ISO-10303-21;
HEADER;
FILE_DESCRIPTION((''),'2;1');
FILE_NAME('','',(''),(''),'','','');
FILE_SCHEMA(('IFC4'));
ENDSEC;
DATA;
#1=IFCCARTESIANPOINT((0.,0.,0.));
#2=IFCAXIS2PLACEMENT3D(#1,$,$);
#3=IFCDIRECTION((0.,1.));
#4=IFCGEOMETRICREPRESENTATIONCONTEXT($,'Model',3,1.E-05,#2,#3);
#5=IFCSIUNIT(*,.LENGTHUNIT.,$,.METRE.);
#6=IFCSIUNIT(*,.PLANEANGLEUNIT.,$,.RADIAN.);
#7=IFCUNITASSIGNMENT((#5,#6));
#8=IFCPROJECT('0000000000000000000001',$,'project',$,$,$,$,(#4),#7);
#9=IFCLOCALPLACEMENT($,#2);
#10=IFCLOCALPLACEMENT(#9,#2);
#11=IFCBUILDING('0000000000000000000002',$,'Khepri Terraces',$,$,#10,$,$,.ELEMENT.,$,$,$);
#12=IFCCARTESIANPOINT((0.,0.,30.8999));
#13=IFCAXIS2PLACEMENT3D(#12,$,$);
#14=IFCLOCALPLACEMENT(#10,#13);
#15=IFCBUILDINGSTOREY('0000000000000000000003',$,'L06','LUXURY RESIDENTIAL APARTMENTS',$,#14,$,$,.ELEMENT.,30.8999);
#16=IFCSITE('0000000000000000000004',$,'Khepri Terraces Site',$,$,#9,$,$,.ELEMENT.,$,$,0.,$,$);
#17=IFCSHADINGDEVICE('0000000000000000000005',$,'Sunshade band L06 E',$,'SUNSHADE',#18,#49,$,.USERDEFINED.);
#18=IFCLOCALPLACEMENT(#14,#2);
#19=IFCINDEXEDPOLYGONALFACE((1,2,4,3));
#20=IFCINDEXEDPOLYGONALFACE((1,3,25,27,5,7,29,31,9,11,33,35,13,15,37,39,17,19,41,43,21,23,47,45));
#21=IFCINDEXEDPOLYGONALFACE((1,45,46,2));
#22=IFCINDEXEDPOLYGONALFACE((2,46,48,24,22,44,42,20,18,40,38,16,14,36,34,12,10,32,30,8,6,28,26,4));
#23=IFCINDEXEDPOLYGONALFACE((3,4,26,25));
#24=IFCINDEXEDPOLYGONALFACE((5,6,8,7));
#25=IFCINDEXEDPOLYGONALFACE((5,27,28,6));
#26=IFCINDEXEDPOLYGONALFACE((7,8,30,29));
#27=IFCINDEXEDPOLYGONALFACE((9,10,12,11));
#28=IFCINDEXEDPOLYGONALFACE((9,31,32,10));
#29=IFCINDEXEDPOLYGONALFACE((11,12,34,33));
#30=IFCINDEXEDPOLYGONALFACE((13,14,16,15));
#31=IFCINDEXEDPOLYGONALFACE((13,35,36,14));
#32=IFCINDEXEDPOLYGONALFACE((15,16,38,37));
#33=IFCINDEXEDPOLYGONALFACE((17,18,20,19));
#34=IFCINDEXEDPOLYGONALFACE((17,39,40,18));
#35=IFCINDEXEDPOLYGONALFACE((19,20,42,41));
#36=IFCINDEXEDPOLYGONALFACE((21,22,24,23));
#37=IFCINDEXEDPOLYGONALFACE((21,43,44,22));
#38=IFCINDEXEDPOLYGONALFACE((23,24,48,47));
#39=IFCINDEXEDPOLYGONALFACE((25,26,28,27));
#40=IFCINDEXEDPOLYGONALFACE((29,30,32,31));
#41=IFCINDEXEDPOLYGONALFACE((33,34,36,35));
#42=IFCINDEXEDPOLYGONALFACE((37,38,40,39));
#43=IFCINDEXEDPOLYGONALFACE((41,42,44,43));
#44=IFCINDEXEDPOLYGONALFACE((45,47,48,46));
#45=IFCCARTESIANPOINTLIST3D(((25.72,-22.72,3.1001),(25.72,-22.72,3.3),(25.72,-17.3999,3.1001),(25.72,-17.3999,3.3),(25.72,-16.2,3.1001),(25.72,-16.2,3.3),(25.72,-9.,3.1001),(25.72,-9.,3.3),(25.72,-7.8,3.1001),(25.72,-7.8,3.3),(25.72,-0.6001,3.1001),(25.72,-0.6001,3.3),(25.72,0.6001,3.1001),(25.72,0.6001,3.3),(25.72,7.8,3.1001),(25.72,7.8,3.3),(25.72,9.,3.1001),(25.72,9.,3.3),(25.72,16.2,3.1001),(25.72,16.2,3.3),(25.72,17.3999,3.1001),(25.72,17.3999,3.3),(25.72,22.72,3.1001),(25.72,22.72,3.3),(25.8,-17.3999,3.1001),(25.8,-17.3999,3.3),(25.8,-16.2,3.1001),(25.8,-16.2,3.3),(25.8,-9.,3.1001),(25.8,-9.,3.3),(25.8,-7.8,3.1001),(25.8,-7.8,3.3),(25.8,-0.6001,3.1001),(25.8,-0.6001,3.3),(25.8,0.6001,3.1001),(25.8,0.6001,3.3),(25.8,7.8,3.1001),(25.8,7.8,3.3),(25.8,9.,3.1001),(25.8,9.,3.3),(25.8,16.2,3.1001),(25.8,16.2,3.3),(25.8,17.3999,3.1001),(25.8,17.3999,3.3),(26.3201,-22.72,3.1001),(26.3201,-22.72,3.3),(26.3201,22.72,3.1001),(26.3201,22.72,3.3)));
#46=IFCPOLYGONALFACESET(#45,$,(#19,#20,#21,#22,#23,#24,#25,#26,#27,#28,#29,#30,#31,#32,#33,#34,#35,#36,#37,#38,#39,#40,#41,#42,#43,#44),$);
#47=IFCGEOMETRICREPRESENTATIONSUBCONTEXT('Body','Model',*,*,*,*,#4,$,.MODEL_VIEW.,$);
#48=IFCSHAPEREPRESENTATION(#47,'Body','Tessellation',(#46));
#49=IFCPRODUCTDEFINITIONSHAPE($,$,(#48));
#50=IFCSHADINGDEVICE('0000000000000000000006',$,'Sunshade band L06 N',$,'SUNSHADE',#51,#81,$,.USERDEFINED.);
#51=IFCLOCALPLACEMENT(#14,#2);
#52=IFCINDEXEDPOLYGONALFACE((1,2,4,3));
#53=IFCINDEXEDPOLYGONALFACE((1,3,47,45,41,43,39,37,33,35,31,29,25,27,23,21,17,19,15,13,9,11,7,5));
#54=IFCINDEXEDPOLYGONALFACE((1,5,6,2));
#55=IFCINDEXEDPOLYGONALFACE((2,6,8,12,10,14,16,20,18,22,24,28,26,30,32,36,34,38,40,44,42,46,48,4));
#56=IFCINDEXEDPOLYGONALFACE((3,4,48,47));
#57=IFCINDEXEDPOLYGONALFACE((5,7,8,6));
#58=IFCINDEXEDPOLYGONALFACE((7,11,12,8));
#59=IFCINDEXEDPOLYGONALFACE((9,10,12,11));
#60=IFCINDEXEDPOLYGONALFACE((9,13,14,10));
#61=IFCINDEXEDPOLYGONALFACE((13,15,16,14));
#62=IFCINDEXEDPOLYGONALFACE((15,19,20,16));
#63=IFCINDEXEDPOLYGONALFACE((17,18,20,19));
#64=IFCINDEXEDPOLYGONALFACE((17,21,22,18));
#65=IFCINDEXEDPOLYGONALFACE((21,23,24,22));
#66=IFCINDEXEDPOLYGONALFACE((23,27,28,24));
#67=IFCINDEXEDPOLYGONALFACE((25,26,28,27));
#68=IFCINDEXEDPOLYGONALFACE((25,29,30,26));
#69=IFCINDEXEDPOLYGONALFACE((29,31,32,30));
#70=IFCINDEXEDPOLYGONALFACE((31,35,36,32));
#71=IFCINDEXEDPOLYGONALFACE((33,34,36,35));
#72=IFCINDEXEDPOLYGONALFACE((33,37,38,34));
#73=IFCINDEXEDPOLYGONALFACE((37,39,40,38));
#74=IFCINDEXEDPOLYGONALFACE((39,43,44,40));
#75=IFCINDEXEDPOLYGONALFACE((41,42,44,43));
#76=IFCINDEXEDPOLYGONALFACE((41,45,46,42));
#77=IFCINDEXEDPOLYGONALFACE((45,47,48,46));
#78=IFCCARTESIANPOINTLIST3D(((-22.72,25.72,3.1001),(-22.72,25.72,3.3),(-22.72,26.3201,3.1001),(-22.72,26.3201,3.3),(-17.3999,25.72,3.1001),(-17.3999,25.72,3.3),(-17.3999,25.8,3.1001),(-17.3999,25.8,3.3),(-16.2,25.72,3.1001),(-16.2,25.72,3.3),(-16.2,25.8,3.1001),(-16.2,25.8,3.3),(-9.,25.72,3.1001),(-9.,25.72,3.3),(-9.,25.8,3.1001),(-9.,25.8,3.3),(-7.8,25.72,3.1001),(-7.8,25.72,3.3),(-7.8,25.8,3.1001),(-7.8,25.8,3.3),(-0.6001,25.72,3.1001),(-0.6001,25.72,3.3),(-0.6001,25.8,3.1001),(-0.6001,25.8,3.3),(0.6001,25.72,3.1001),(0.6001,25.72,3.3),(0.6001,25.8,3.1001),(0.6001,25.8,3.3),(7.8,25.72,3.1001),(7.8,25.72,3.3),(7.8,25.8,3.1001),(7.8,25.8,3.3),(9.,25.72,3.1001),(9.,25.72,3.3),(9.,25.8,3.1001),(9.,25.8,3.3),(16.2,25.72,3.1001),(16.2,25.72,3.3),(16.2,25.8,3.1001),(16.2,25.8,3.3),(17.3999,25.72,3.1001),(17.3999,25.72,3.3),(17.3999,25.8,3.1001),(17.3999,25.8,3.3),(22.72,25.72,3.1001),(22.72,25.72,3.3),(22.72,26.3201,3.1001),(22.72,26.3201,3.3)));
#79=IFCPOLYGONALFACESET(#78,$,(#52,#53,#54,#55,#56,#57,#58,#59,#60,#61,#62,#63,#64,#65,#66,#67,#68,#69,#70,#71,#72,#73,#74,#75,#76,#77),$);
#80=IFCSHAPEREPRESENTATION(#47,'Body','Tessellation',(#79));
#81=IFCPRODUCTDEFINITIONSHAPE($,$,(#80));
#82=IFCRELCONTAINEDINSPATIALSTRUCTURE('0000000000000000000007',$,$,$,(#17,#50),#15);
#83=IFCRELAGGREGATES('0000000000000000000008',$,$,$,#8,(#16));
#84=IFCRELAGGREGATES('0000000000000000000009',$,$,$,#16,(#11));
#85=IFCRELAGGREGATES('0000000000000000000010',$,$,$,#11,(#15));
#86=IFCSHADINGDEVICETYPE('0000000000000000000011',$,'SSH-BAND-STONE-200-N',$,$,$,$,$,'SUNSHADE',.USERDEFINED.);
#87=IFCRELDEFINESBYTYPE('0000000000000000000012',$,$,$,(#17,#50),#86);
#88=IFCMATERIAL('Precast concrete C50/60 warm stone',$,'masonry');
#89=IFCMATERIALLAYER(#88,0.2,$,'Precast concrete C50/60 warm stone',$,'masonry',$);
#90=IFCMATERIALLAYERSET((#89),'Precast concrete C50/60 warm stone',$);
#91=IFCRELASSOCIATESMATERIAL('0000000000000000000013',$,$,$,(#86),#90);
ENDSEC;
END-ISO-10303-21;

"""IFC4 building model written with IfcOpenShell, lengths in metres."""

from ifc_helpers import new_model, si_unit, direction, frame, origin, place, context, subcontext, project, spatial, polyline, outline, extrude, material, layer, layer_set, type_object, element, save


model = new_model("IFC4")

# Units and contexts
model_context = context("Model", 3, precision=1e-05, world=origin(), true_north=direction((0.0, 1.0)))
body_context = subcontext(model_context, "Body", "Model", "MODEL_VIEW")
ifc_project = project(units=[si_unit("LENGTHUNIT", "METRE"), si_unit("PLANEANGLEUNIT", "RADIAN")], contexts=[model_context])

# Site, building, storey
site_placement = place(None, origin())
site = spatial("IfcSite", under=ifc_project, at=site_placement, Name="Khepri Terraces Site", CompositionType="ELEMENT", RefElevation=0.0)
building_placement = place(site_placement, origin())
building = spatial("IfcBuilding", under=site, at=building_placement, Name="Khepri Terraces", CompositionType="ELEMENT")
storey_placement = place(building_placement, frame((0.0, 0.0, 30.8999)))
storey = spatial("IfcBuildingStorey", under=building, at=storey_placement, Name="L06", Description="LUXURY RESIDENTIAL APARTMENTS", CompositionType="ELEMENT", Elevation=30.8999)

# Shared definitions
ifc_material_1 = material(Name="Precast concrete C50/60 warm stone", Category="masonry")

# Shading devices
ifc_layer_1 = layer(ifc_material_1, 0.2, Name="Precast concrete C50/60 warm stone", Category="masonry")
ifc_layer_set_1 = layer_set([ifc_layer_1], Name="Precast concrete C50/60 warm stone")
shading_device_type_1 = type_object("IfcShadingDeviceType", Name="SSH-BAND-STONE-200-N", ElementType="SUNSHADE", PredefinedType="USERDEFINED", material=ifc_layer_set_1)
shading_device_1_placement = place(storey_placement, frame((0.0, 0.0, 3.1001)))
element("IfcShadingDevice", 1, at=shading_device_1_placement, inside=storey, type_object=shading_device_type_1, Name="Sunshade band L06 E", ObjectType="SUNSHADE", PredefinedType="USERDEFINED", context=body_context, shape_type="SweptSolid", body=[
    extrude(outline(polyline([(25.72, -17.3999), (25.72, -22.72), (26.3201, -22.72), (26.3201, 22.72), (25.72, 22.72), (25.72, 17.3999), (25.8, 17.3999), (25.8, 16.2), (25.72, 16.2), (25.72, 9.0), (25.8, 9.0), (25.8, 7.8), (25.72, 7.8), (25.72, 0.6001), (25.8, 0.6001), (25.8, -0.6001), (25.72, -0.6001), (25.72, -7.8), (25.8, -7.8), (25.8, -9.0), (25.72, -9.0), (25.72, -16.2), (25.8, -16.2), (25.8, -17.3999), (25.72, -17.3999)])), origin(), (0.0, 0.0, 1.0), 0.2),
])
shading_device_2_placement = place(storey_placement, frame((0.0, 0.0, 3.1001)))
element("IfcShadingDevice", 2, at=shading_device_2_placement, inside=storey, type_object=shading_device_type_1, Name="Sunshade band L06 N", ObjectType="SUNSHADE", PredefinedType="USERDEFINED", context=body_context, shape_type="SweptSolid", body=[
    extrude(outline(polyline([(17.3999, 25.72), (22.72, 25.72), (22.72, 26.3201), (-22.72, 26.3201), (-22.72, 25.72), (-17.3999, 25.72), (-17.3999, 25.8), (-16.2, 25.8), (-16.2, 25.72), (-9.0, 25.72), (-9.0, 25.8), (-7.8, 25.8), (-7.8, 25.72), (-0.6001, 25.72), (-0.6001, 25.8), (0.6001, 25.8), (0.6001, 25.72), (7.8, 25.72), (7.8, 25.8), (9.0, 25.8), (9.0, 25.72), (16.2, 25.72), (16.2, 25.8), (17.3999, 25.8), (17.3999, 25.72)])), origin(), (0.0, 0.0, 1.0), 0.2),
])

save(model, "model.ifc")
